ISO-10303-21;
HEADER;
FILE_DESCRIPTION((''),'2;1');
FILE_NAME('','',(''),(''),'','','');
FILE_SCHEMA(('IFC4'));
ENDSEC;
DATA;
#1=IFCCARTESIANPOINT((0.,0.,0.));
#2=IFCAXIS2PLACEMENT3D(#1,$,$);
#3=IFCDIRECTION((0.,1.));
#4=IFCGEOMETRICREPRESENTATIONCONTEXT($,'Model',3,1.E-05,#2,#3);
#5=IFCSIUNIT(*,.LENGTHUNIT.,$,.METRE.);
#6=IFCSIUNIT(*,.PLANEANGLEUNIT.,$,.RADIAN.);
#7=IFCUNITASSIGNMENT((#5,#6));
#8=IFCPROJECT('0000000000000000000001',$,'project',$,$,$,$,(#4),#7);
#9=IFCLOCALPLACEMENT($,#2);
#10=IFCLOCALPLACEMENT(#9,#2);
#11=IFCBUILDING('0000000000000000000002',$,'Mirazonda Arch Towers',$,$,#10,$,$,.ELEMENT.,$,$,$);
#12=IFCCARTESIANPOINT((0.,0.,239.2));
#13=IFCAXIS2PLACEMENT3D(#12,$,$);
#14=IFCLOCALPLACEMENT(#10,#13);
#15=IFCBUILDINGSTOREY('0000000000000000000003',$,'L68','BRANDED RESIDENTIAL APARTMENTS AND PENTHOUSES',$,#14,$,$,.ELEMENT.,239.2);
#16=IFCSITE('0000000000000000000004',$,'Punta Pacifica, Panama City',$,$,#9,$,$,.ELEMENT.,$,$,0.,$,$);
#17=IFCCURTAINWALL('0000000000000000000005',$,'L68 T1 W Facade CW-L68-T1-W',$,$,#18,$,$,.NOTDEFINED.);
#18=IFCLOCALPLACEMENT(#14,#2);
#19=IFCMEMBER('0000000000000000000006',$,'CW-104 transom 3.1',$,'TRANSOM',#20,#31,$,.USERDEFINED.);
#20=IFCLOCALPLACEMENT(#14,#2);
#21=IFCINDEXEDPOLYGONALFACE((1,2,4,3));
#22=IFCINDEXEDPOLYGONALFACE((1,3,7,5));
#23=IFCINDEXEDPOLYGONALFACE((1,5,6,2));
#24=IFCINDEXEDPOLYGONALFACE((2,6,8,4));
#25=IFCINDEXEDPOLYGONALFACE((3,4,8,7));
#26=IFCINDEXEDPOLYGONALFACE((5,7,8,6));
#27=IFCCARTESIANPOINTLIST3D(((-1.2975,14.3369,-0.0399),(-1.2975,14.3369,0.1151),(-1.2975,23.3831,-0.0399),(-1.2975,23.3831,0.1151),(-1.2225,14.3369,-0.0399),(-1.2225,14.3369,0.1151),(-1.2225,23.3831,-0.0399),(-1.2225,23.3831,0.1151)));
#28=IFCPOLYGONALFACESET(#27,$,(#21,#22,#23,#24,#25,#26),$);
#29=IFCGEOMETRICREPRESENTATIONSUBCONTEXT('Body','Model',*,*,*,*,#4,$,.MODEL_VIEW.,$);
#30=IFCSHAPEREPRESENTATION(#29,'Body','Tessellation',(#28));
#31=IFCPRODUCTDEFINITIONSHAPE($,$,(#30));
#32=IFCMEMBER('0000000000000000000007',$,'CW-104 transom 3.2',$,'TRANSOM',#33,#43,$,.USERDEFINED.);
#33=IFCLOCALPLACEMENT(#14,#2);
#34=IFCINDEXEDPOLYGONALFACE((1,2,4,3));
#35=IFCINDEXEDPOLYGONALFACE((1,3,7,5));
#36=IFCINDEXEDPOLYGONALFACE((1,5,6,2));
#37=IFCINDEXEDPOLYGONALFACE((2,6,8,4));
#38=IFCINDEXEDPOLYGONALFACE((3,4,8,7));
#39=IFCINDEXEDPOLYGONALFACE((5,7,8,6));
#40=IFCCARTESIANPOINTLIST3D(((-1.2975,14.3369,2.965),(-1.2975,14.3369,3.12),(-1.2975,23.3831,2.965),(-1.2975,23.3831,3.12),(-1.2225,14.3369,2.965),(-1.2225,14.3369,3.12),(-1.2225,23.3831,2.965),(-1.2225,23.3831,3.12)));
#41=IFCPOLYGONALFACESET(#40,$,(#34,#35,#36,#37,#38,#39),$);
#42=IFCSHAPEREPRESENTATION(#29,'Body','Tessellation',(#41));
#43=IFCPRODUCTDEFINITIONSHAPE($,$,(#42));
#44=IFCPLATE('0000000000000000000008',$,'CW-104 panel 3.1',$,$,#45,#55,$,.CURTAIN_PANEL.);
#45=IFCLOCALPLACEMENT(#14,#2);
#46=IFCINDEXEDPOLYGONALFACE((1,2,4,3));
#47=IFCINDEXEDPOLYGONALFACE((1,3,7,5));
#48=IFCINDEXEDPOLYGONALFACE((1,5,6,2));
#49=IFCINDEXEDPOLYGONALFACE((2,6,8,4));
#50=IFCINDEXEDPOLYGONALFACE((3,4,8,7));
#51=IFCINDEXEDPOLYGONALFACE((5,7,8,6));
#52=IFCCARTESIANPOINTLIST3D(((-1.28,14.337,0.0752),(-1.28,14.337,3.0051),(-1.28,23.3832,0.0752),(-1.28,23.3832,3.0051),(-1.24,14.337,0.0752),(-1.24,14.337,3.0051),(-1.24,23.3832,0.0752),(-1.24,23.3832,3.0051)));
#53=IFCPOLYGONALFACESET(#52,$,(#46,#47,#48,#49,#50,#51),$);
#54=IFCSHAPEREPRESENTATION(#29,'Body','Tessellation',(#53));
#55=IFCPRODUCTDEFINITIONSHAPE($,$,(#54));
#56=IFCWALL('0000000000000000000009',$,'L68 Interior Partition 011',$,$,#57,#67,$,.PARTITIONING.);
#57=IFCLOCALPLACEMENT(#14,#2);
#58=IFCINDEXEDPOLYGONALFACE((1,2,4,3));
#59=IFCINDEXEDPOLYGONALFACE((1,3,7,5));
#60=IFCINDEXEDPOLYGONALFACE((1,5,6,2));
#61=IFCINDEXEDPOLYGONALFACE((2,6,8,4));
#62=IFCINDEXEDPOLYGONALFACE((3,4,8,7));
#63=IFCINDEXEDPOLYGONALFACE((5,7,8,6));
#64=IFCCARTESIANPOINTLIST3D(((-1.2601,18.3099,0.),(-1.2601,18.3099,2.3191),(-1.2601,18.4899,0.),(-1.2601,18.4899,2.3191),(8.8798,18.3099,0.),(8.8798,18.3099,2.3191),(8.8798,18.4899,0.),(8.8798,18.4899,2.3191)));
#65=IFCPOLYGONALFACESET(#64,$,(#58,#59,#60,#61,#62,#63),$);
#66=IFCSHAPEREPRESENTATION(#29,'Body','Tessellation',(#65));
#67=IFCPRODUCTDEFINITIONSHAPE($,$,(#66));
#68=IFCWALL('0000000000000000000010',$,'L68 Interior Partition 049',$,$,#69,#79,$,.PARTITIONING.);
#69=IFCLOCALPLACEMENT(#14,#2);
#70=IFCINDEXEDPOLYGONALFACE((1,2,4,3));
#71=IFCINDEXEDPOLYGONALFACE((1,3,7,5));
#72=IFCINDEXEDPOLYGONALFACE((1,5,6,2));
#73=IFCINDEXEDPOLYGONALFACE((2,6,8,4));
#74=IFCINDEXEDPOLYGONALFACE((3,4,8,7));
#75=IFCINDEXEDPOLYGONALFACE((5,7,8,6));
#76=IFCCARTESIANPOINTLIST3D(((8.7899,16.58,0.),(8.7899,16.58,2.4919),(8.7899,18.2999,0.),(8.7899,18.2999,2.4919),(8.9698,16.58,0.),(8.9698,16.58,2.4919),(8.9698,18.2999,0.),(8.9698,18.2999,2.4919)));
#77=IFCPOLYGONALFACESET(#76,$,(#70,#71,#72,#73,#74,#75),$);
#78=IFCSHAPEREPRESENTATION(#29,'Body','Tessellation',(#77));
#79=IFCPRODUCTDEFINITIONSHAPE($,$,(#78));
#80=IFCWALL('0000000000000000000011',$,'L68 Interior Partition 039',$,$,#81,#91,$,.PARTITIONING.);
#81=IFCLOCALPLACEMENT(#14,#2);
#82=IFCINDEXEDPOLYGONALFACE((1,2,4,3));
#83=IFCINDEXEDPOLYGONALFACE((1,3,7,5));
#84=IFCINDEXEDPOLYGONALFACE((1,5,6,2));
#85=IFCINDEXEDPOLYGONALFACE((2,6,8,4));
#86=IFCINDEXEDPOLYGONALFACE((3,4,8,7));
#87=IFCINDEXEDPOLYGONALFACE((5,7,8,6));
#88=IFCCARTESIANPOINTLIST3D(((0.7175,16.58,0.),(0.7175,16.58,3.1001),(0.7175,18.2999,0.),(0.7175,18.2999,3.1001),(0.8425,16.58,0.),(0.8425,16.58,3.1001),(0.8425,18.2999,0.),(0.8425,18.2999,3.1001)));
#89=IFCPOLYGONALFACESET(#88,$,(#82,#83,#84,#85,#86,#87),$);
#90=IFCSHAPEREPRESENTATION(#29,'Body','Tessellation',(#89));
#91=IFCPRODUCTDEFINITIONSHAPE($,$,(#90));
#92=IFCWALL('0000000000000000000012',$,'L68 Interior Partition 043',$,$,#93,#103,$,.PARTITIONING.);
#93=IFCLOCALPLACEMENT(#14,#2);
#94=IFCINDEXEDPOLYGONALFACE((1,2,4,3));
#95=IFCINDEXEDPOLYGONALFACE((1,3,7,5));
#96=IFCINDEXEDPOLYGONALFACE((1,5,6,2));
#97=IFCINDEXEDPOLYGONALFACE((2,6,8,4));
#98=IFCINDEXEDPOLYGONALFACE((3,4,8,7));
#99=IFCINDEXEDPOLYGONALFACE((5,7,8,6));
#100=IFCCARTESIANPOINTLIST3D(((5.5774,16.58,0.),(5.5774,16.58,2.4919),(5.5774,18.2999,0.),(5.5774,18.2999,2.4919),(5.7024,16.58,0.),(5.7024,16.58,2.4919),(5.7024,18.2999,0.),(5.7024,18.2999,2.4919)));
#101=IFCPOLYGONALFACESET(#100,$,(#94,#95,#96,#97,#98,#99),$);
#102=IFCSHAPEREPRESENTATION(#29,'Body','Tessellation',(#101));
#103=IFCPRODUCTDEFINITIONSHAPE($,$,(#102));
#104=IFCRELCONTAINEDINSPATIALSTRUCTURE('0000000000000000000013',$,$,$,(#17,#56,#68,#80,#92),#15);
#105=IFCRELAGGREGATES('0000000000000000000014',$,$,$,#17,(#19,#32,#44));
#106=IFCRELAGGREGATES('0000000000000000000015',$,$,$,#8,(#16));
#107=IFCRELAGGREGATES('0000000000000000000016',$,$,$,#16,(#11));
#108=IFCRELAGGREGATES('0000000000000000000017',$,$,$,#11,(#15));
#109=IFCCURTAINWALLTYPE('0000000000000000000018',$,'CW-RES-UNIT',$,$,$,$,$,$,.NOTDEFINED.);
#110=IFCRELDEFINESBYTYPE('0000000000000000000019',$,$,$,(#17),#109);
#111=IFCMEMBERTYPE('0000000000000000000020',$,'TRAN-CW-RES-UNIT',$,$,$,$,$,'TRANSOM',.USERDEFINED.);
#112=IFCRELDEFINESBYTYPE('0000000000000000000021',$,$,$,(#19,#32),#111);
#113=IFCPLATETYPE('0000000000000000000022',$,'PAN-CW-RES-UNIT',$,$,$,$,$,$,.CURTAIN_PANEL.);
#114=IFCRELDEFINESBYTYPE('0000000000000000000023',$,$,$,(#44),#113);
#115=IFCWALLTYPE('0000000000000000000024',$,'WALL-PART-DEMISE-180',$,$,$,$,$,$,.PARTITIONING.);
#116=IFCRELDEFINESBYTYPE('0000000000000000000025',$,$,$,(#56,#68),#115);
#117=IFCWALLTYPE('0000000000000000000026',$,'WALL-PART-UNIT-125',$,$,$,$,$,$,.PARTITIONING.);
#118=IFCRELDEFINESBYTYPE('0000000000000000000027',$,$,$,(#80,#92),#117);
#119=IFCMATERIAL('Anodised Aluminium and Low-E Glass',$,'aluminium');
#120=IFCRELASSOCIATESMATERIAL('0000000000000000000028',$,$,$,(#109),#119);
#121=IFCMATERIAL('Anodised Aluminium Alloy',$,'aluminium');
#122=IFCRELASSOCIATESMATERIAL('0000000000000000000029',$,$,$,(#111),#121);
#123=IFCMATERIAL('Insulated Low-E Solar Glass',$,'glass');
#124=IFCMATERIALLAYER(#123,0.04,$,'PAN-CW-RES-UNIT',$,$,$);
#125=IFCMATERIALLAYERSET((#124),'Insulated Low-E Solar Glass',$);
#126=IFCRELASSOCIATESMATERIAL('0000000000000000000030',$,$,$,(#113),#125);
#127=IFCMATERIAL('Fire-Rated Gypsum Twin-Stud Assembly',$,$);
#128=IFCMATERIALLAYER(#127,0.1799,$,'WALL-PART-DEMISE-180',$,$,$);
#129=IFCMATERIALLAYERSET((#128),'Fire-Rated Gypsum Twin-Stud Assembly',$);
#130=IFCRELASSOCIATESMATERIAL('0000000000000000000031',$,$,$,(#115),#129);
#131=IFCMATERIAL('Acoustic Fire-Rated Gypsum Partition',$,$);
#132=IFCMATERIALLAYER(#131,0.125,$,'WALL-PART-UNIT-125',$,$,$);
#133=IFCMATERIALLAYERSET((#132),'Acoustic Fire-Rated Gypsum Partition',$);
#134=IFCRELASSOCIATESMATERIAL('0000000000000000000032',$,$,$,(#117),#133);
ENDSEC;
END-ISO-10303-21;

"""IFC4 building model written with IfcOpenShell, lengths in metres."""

from ifc_helpers import new_model, si_unit, direction, frame, frame_2d, origin, origin_2d, place, context, subcontext, project, spatial, rectangle, extrude, material, layer, layer_set, material_profile, profile_set, type_object, element, aggregate, save


model = new_model("IFC4")

# Units and contexts
model_context = context("Model", 3, precision=1e-05, world=origin(), true_north=direction((0.0, 1.0)))
body_context = subcontext(model_context, "Body", "Model", "MODEL_VIEW")
ifc_project = project(units=[si_unit("LENGTHUNIT", "METRE"), si_unit("PLANEANGLEUNIT", "RADIAN")], contexts=[model_context])

# Site, building, storey
site_placement = place(None, origin())
site = spatial("IfcSite", under=ifc_project, at=site_placement, Name="Punta Pacifica, Panama City", CompositionType="ELEMENT", RefElevation=0.0)
building_placement = place(site_placement, origin())
building = spatial("IfcBuilding", under=site, at=building_placement, Name="Mirazonda Arch Towers", CompositionType="ELEMENT")
storey_placement = place(building_placement, frame((0.0, 0.0, 239.2)))
storey = spatial("IfcBuildingStorey", under=building, at=storey_placement, Name="L68", Description="BRANDED RESIDENTIAL APARTMENTS AND PENTHOUSES", CompositionType="ELEMENT", Elevation=239.2)

# Curtain wall, members, plate
ifc_material_1 = material(Name="Anodised Aluminium and Low-E Glass", Category="aluminium")
curtain_wall_type = type_object("IfcCurtainWallType", Name="CW-RES-UNIT", PredefinedType="NOTDEFINED", material=ifc_material_1)
curtain_wall_placement = place(storey_placement, origin())
curtain_wall = element("IfcCurtainWall", 1, at=curtain_wall_placement, inside=storey, type_object=curtain_wall_type, Name="L68 T1 W Facade CW-L68-T1-W", PredefinedType="NOTDEFINED")
ifc_material_2 = material(Name="Anodised Aluminium Alloy", Category="aluminium")
ifc_material_profile_1 = material_profile(ifc_material_2, rectangle(XDim=0.075, YDim=0.155, at=origin_2d()), Name="ALU-TRAN-75x155")
ifc_profile_set_1 = profile_set([ifc_material_profile_1], Name="Anodised Aluminium Alloy")
member_type_1 = type_object("IfcMemberType", Name="TRAN-CW-RES-UNIT", ElementType="TRANSOM", PredefinedType="USERDEFINED", material=ifc_profile_set_1)
member_1_placement = place(storey_placement, frame((-1.26, 23.3831, 0.0376), z_axis=(0.0, -1.0, 0.0), x_axis=(1.0, 0.0, 0.0)))
member_1 = element("IfcMember", 2, at=member_1_placement, type_object=member_type_1, Name="CW-104 transom 3.1", ObjectType="TRANSOM", PredefinedType="USERDEFINED", context=body_context, shape_type="SweptSolid", body=[
    extrude(rectangle(XDim=0.075, YDim=0.155, at=origin_2d()), origin(), (0.0, 0.0, 1.0), 9.0461),
])
member_2_placement = place(storey_placement, frame((-1.26, 23.3831, 3.0425), z_axis=(0.0, -1.0, 0.0), x_axis=(1.0, 0.0, 0.0)))
member_2 = element("IfcMember", 3, at=member_2_placement, type_object=member_type_1, Name="CW-104 transom 3.2", ObjectType="TRANSOM", PredefinedType="USERDEFINED", context=body_context, shape_type="SweptSolid", body=[
    extrude(rectangle(XDim=0.075, YDim=0.155, at=origin_2d()), origin(), (0.0, 0.0, 1.0), 9.0461),
])
ifc_material_3 = material(Name="Insulated Low-E Solar Glass", Category="glass")
ifc_layer_1 = layer(ifc_material_3, 0.04, Name="PAN-CW-RES-UNIT")
ifc_layer_set_1 = layer_set([ifc_layer_1], Name="Insulated Low-E Solar Glass")
plate_type = type_object("IfcPlateType", Name="PAN-CW-RES-UNIT", PredefinedType="CURTAIN_PANEL", material=ifc_layer_set_1)
plate_placement = place(storey_placement, frame((-1.26, 18.8601, 0.0752), z_axis=(0.0, 0.0, 1.0), x_axis=(0.0, -1.0, 0.0)))
plate = element("IfcPlate", 4, at=plate_placement, type_object=plate_type, Name="CW-104 panel 3.1", PredefinedType="CURTAIN_PANEL", context=body_context, shape_type="SweptSolid", body=[
    extrude(rectangle(XDim=9.0461, YDim=0.04, at=origin_2d()), origin(), (0.0, 0.0, 1.0), 2.9299),
])
aggregate(curtain_wall, [member_1, member_2, plate])

# Shared definitions
ifc_material_4 = material(Name="Fire-Rated Gypsum Twin-Stud Assembly")
ifc_layer_2 = layer(ifc_material_4, 0.1799, Name="WALL-PART-DEMISE-180")
ifc_layer_set_2 = layer_set([ifc_layer_2], Name="Fire-Rated Gypsum Twin-Stud Assembly")
wall_type_1 = type_object("IfcWallType", Name="WALL-PART-DEMISE-180", PredefinedType="PARTITIONING", material=ifc_layer_set_2)

# Walls
wall_1_placement = place(storey_placement, frame((-1.26, 18.3999, 0.0), z_axis=(0.0, 0.0, 1.0), x_axis=(1.0, 0.0, 0.0)))
element("IfcWall", 5, at=wall_1_placement, inside=storey, type_object=wall_type_1, Name="L68 Interior Partition 011", PredefinedType="PARTITIONING", context=body_context, shape_type="SweptSolid", body=[
    extrude(rectangle(XDim=10.1399, YDim=0.1799, at=frame_2d((5.0698, 0.0))), origin(), (0.0, 0.0, 1.0), 2.3191),
])
wall_2_placement = place(storey_placement, frame((8.8799, 16.5801, 0.0), z_axis=(0.0, 0.0, 1.0), x_axis=(0.0, 1.0, 0.0)))
element("IfcWall", 6, at=wall_2_placement, inside=storey, type_object=wall_type_1, Name="L68 Interior Partition 049", PredefinedType="PARTITIONING", context=body_context, shape_type="SweptSolid", body=[
    extrude(rectangle(XDim=1.72, YDim=0.1799, at=frame_2d((0.8599, 0.0))), origin(), (0.0, 0.0, 1.0), 2.4919),
])
ifc_material_5 = material(Name="Acoustic Fire-Rated Gypsum Partition")
ifc_layer_3 = layer(ifc_material_5, 0.125, Name="WALL-PART-UNIT-125")
ifc_layer_set_3 = layer_set([ifc_layer_3], Name="Acoustic Fire-Rated Gypsum Partition")
wall_type_2 = type_object("IfcWallType", Name="WALL-PART-UNIT-125", PredefinedType="PARTITIONING", material=ifc_layer_set_3)
wall_3_placement = place(storey_placement, frame((0.78, 16.5801, 0.0), z_axis=(0.0, 0.0, 1.0), x_axis=(0.0, 1.0, 0.0)))
element("IfcWall", 7, at=wall_3_placement, inside=storey, type_object=wall_type_2, Name="L68 Interior Partition 039", PredefinedType="PARTITIONING", context=body_context, shape_type="SweptSolid", body=[
    extrude(rectangle(XDim=1.72, YDim=0.125, at=frame_2d((0.8599, 0.0))), origin(), (0.0, 0.0, 1.0), 3.1001),
])
wall_4_placement = place(storey_placement, frame((5.6399, 16.5801, 0.0), z_axis=(0.0, 0.0, 1.0), x_axis=(0.0, 1.0, 0.0)))
element("IfcWall", 8, at=wall_4_placement, inside=storey, type_object=wall_type_2, Name="L68 Interior Partition 043", PredefinedType="PARTITIONING", context=body_context, shape_type="SweptSolid", body=[
    extrude(rectangle(XDim=1.72, YDim=0.125, at=frame_2d((0.8599, 0.0))), origin(), (0.0, 0.0, 1.0), 2.4919),
])

save(model, "model.ifc")
